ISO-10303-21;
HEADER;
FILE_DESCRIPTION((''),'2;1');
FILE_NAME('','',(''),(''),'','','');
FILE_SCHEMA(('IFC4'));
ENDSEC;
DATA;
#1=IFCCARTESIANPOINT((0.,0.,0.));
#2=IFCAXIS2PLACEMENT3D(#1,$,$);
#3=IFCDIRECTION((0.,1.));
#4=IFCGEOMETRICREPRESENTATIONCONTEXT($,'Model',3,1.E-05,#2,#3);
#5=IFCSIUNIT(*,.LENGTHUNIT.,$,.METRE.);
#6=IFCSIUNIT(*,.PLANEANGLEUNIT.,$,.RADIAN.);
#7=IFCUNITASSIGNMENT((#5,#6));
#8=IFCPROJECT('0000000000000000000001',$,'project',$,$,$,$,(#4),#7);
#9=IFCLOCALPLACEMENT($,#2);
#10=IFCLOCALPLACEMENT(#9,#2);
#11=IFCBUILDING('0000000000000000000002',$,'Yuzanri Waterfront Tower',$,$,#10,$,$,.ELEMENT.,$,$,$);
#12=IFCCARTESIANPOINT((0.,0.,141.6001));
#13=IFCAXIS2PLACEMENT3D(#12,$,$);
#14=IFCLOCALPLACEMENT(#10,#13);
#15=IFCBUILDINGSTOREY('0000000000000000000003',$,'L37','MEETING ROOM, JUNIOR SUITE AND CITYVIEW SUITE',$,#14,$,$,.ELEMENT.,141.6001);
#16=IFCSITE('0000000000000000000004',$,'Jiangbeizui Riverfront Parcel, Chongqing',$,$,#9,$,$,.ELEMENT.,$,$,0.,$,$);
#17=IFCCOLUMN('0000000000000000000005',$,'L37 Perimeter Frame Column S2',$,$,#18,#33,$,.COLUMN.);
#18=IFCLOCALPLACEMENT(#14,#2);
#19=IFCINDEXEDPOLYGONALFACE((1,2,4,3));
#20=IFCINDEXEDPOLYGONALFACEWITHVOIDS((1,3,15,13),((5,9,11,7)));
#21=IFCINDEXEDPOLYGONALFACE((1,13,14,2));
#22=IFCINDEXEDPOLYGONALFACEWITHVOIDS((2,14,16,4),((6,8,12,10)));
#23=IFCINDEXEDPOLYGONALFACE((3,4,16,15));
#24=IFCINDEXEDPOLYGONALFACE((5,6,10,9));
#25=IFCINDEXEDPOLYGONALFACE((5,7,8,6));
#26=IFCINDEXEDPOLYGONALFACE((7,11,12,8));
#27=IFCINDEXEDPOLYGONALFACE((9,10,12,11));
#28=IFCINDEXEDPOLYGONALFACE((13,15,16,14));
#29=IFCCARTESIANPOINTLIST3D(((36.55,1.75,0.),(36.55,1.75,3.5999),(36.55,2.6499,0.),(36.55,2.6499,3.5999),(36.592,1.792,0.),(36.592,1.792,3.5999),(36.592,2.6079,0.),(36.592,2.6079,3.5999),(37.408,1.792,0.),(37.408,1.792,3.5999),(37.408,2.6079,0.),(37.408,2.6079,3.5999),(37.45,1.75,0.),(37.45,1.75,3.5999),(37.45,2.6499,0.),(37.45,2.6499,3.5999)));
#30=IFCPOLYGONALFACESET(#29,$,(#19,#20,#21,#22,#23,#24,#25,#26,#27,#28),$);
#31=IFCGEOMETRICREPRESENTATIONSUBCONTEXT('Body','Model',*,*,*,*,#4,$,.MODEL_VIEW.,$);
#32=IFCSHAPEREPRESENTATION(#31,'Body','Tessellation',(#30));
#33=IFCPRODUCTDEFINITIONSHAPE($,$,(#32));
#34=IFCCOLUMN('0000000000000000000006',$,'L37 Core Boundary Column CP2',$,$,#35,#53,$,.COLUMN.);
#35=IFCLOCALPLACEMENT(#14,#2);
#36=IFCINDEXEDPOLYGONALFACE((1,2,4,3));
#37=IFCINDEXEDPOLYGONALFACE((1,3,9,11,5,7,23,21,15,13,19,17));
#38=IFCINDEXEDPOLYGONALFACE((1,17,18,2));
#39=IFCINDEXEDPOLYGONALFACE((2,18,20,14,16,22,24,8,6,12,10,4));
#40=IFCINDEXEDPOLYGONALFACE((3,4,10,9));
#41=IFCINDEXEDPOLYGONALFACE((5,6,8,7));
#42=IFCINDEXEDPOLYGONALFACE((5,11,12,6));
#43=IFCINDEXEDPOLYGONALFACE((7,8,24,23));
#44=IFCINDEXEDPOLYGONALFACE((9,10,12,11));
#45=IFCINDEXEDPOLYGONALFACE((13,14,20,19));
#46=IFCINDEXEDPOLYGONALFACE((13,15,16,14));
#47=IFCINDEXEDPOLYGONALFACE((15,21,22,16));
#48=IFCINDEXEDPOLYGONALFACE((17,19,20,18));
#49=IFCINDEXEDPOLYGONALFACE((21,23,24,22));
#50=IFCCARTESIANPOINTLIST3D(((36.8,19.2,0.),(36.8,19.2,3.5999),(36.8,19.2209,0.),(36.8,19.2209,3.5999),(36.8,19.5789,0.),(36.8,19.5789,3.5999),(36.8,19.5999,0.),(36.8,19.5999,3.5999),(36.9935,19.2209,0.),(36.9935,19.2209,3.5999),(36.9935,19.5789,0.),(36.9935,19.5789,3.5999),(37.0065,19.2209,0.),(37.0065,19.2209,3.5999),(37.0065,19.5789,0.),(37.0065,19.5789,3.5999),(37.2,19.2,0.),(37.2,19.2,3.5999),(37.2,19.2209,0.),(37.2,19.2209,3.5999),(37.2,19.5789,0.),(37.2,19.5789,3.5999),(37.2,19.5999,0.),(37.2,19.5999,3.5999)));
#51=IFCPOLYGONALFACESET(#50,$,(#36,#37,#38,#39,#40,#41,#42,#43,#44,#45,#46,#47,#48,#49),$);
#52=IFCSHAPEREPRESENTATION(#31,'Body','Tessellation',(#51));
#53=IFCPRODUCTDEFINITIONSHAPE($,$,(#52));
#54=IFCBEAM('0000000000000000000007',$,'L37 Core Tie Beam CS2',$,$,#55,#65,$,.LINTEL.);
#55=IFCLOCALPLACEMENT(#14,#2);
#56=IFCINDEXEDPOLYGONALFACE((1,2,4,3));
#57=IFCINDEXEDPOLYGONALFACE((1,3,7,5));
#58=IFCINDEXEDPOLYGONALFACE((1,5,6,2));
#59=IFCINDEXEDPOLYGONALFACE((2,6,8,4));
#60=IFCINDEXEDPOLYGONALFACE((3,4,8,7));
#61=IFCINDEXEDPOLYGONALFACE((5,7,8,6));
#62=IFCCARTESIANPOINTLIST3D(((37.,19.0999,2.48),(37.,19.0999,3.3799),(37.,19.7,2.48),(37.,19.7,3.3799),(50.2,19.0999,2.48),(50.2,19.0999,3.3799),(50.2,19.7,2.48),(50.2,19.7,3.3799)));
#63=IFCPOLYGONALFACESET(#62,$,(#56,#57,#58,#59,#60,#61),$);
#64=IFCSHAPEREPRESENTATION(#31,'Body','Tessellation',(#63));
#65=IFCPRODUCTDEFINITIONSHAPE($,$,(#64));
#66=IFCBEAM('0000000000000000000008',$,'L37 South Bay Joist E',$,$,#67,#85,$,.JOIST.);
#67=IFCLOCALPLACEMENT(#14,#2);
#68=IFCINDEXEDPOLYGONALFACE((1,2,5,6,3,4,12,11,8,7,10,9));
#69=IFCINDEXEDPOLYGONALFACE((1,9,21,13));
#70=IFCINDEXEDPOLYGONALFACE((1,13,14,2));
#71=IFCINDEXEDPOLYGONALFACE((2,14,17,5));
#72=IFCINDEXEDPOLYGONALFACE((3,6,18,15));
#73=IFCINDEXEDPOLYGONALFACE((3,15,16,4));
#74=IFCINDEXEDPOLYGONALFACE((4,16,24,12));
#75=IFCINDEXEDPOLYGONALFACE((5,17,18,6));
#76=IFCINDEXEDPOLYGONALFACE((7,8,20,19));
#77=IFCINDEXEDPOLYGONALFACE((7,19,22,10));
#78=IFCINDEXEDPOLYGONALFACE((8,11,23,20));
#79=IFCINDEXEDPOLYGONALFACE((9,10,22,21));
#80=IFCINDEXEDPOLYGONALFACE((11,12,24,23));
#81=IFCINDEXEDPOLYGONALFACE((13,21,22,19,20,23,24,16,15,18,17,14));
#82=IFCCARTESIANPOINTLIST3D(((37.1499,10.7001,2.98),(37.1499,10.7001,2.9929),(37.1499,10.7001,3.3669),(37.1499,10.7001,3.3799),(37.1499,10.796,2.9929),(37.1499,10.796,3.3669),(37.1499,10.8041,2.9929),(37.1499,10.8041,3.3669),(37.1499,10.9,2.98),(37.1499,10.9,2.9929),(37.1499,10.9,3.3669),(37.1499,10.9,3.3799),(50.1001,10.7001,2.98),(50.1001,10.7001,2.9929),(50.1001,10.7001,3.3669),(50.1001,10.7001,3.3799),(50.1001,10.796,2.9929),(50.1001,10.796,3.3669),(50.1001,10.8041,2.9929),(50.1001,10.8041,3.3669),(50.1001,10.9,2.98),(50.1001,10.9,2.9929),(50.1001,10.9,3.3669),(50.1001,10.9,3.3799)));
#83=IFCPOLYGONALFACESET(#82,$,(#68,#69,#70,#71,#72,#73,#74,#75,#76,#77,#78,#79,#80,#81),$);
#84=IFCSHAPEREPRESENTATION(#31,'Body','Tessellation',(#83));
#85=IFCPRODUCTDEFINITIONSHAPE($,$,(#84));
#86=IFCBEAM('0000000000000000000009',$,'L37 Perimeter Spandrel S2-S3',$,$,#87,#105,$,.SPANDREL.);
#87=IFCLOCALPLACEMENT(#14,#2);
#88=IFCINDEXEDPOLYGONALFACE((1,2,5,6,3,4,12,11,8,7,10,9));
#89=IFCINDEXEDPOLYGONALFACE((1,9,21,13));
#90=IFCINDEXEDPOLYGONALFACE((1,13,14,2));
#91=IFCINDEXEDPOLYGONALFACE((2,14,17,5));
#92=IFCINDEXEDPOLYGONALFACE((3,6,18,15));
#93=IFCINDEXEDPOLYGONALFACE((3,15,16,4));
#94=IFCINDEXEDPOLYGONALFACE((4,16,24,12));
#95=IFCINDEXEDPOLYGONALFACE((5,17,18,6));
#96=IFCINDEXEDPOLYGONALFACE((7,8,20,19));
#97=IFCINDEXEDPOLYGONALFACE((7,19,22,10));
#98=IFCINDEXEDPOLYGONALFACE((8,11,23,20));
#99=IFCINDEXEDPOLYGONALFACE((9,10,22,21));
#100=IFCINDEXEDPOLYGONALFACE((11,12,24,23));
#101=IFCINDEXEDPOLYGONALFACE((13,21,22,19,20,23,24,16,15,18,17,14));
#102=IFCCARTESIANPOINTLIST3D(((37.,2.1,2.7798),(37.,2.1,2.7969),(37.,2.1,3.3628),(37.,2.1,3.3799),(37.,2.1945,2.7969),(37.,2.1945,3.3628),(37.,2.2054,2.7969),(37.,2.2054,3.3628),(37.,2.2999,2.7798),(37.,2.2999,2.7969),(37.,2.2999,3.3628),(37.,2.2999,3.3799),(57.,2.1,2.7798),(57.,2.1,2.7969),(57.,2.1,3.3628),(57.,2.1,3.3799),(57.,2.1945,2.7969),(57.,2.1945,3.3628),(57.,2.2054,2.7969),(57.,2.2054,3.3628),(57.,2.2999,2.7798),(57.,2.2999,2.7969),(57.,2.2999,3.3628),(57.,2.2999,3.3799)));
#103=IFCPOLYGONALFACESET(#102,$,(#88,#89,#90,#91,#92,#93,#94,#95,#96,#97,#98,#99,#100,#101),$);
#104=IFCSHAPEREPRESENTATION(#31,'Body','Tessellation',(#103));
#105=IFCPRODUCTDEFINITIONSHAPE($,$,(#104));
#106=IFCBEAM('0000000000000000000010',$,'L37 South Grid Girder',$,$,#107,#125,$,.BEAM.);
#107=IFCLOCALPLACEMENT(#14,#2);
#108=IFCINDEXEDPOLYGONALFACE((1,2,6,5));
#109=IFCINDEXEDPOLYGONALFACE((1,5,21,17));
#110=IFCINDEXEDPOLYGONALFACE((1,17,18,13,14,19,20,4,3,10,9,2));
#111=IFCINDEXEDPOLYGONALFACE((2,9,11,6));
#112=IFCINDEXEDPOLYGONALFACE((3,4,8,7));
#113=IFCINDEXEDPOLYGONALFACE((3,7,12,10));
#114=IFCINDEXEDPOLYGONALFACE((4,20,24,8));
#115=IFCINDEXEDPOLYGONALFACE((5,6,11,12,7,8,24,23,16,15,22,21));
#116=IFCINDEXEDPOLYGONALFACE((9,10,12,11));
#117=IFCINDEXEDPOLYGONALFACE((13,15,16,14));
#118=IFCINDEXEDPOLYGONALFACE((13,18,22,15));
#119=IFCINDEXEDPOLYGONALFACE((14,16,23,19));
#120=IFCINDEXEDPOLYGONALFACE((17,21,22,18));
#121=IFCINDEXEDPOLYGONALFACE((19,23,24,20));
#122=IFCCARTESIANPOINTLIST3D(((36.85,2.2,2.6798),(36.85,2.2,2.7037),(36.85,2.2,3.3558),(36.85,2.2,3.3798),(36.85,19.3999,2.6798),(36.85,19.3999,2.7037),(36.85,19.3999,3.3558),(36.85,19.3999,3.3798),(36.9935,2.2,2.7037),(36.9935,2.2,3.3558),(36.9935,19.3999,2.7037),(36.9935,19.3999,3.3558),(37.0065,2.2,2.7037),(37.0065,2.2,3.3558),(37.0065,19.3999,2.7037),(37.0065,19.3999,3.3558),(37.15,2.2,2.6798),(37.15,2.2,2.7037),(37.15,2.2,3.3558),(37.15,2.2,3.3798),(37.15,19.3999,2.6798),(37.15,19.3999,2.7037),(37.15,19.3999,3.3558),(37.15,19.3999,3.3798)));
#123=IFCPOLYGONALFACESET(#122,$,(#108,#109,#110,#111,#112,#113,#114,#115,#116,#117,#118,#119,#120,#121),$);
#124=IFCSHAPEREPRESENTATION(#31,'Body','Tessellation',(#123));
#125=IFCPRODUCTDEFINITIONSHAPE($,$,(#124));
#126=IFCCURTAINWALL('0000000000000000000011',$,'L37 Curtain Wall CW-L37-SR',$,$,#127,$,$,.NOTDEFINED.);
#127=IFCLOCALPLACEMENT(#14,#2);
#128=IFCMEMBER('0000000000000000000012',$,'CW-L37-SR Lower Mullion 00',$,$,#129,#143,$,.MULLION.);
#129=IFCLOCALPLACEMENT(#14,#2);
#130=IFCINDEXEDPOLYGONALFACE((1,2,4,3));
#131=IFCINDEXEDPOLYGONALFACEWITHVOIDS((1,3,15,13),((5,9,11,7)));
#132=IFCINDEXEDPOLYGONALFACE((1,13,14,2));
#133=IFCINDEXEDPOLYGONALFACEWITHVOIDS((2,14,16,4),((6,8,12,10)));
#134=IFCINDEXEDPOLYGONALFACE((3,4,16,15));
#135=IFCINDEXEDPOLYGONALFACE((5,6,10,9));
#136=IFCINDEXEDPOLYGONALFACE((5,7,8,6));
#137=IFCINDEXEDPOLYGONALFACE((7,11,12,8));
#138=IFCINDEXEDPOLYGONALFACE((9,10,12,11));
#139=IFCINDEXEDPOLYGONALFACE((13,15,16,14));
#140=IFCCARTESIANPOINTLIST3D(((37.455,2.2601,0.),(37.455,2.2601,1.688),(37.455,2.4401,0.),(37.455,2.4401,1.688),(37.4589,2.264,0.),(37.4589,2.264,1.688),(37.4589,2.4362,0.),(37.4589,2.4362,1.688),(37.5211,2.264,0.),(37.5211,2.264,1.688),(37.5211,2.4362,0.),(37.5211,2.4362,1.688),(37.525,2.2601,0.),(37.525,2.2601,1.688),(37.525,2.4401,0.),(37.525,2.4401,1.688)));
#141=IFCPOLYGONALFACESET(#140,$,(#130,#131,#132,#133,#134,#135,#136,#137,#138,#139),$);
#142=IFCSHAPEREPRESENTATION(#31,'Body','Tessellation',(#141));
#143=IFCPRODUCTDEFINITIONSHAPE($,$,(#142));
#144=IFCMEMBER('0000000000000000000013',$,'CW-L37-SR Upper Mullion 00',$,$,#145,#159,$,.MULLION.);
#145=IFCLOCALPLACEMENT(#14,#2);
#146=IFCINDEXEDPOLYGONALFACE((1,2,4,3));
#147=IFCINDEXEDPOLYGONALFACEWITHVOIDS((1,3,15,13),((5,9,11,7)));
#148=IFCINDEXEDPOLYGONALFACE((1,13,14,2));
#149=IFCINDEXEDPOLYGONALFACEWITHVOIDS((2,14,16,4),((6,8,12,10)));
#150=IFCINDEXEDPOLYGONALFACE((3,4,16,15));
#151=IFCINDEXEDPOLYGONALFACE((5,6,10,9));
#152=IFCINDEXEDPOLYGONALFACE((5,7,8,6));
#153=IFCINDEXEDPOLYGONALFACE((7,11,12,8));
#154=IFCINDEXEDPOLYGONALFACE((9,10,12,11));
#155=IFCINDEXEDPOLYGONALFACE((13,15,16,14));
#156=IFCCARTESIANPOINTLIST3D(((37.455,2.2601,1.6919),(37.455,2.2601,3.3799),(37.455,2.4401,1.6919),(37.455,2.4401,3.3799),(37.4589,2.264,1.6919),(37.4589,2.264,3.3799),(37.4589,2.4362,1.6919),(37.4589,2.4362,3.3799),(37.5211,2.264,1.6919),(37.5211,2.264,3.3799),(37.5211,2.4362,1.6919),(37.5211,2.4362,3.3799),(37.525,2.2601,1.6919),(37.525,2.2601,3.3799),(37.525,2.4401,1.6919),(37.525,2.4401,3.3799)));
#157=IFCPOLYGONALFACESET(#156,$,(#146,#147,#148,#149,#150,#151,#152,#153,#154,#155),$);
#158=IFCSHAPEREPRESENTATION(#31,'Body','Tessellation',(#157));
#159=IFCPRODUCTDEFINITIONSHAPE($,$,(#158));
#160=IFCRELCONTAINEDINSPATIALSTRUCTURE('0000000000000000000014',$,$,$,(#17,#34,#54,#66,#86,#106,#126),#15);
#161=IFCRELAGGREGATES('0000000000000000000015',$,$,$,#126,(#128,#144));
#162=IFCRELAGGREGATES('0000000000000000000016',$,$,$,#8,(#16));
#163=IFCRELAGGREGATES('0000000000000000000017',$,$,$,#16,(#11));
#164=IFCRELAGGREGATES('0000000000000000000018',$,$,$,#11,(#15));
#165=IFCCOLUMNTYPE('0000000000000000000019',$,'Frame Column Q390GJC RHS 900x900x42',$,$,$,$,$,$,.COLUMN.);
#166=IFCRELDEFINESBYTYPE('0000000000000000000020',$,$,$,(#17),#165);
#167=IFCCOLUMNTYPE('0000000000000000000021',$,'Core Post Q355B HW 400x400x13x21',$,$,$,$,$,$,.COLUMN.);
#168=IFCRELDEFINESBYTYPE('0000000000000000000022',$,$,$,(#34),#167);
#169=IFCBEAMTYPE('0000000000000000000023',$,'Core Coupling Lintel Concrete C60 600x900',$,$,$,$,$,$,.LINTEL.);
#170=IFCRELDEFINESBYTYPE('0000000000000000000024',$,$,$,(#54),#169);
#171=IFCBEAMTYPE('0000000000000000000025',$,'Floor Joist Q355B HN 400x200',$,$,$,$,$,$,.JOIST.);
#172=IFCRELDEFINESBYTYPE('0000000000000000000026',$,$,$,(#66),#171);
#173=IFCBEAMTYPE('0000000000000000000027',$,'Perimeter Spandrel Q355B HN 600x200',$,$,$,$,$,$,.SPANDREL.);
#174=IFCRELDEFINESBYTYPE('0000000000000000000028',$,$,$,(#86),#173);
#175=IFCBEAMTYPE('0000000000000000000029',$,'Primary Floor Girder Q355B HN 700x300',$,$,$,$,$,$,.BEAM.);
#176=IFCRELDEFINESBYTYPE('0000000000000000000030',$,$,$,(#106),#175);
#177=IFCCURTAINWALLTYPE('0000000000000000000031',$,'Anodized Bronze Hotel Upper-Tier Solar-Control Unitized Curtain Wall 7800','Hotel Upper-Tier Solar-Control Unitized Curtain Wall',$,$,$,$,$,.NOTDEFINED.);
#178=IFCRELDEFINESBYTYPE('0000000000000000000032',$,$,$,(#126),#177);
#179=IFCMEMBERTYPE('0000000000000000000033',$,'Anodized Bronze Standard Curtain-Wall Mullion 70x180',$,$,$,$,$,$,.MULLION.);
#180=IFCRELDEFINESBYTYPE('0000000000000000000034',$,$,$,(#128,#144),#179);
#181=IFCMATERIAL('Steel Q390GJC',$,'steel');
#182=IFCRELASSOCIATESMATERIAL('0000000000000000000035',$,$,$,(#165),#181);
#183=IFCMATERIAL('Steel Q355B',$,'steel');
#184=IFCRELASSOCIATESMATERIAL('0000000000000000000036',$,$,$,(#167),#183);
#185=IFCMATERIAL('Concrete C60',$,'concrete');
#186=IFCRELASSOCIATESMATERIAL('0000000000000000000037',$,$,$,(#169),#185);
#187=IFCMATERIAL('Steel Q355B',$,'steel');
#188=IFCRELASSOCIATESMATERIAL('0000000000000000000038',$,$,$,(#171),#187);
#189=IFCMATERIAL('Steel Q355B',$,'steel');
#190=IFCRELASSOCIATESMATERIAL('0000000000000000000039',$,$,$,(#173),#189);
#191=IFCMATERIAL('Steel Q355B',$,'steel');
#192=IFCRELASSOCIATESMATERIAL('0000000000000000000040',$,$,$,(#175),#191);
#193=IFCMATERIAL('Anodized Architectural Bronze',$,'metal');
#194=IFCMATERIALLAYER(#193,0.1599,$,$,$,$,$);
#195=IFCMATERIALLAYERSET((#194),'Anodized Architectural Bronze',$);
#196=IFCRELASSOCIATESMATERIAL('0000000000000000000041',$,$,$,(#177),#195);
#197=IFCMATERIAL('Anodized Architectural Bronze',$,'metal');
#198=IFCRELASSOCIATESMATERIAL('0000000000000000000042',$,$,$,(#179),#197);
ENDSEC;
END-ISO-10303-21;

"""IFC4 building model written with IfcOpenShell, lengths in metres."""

from ifc_helpers import new_model, si_unit, direction, frame, origin, origin_2d, place, context, subcontext, project, spatial, rectangle, hollow_rectangle, i_section, extrude, source, transform, mapped, material, layer, layer_set, material_profile, profile_set, type_object, element, aggregate, save


model = new_model("IFC4")

# Units and contexts
model_context = context("Model", 3, precision=1e-05, world=origin(), true_north=direction((0.0, 1.0)))
body_context = subcontext(model_context, "Body", "Model", "MODEL_VIEW")
ifc_project = project(units=[si_unit("LENGTHUNIT", "METRE"), si_unit("PLANEANGLEUNIT", "RADIAN")], contexts=[model_context])

# Site, building, storey
site_placement = place(None, origin())
site = spatial("IfcSite", under=ifc_project, at=site_placement, Name="Jiangbeizui Riverfront Parcel, Chongqing", CompositionType="ELEMENT", RefElevation=0.0)
building_placement = place(site_placement, origin())
building = spatial("IfcBuilding", under=site, at=building_placement, Name="Yuzanri Waterfront Tower", CompositionType="ELEMENT")
storey_placement = place(building_placement, frame((0.0, 0.0, 141.6001)))
storey = spatial("IfcBuildingStorey", under=building, at=storey_placement, Name="L37", Description="MEETING ROOM, JUNIOR SUITE AND CITYVIEW SUITE", CompositionType="ELEMENT", Elevation=141.6001)

# Columns
ifc_material_1 = material(Name="Steel Q390GJC", Category="steel")
ifc_material_profile_1 = material_profile(ifc_material_1, hollow_rectangle(XDim=0.8999, YDim=0.8999, WallThickness=0.042, at=origin_2d()), Name="RHS 900x900x42")
ifc_profile_set_1 = profile_set([ifc_material_profile_1], Name="Steel Q390GJC")
column_type_1 = type_object("IfcColumnType", Name="Frame Column Q390GJC RHS 900x900x42", PredefinedType="COLUMN", material=ifc_profile_set_1)
shared_shape_1 = source(origin(), body_context, "Body", "SweptSolid", [
    extrude(hollow_rectangle(XDim=0.8999, YDim=0.8999, WallThickness=0.042, at=origin_2d()), origin(), (0.0, 0.0, 1.0), 3.5999),
])
column_1_placement = place(storey_placement, frame((37.0, 2.2, 0.0), z_axis=(0.0, 0.0, 1.0), x_axis=(1.0, 0.0, 0.0)))
element("IfcColumn", 1, at=column_1_placement, inside=storey, type_object=column_type_1, Name="L37 Perimeter Frame Column S2", PredefinedType="COLUMN", context=body_context, shape_type="MappedRepresentation", body=[
    mapped(shared_shape_1, transform((0.0, 0.0, 0.0), scale=1.0)),
])
ifc_material_2 = material(Name="Steel Q355B", Category="steel")
ifc_material_profile_2 = material_profile(ifc_material_2, i_section(OverallWidth=0.3999, OverallDepth=0.3999, WebThickness=0.0129, FlangeThickness=0.021, at=origin_2d()), Name="HW 400x400x13x21")
ifc_profile_set_2 = profile_set([ifc_material_profile_2], Name="Steel Q355B")
column_type_2 = type_object("IfcColumnType", Name="Core Post Q355B HW 400x400x13x21", PredefinedType="COLUMN", material=ifc_profile_set_2)
shared_shape_2 = source(origin(), body_context, "Body", "SweptSolid", [
    extrude(i_section(OverallWidth=0.3999, OverallDepth=0.3999, WebThickness=0.0129, FlangeThickness=0.021, at=origin_2d()), origin(), (0.0, 0.0, 1.0), 3.5999),
])
column_2_placement = place(storey_placement, frame((37.0, 19.3999, 0.0), z_axis=(0.0, 0.0, 1.0), x_axis=(1.0, 0.0, 0.0)))
element("IfcColumn", 2, at=column_2_placement, inside=storey, type_object=column_type_2, Name="L37 Core Boundary Column CP2", PredefinedType="COLUMN", context=body_context, shape_type="MappedRepresentation", body=[
    mapped(shared_shape_2, transform((0.0, 0.0, 0.0), scale=1.0)),
])

# Beams
ifc_material_3 = material(Name="Concrete C60", Category="concrete")
ifc_material_profile_3 = material_profile(ifc_material_3, rectangle(XDim=0.6001, YDim=0.8999, at=origin_2d()), Name="RC 600x900")
ifc_profile_set_3 = profile_set([ifc_material_profile_3], Name="Concrete C60")
beam_type_1 = type_object("IfcBeamType", Name="Core Coupling Lintel Concrete C60 600x900", PredefinedType="LINTEL", material=ifc_profile_set_3)
shared_shape_3 = source(origin(), body_context, "Body", "SweptSolid", [
    extrude(rectangle(XDim=0.6001, YDim=0.8999, at=origin_2d()), origin(), (0.0, 0.0, 1.0), 13.2),
])
beam_1_placement = place(storey_placement, frame((37.0, 19.3999, 2.9299), z_axis=(1.0, 0.0, 0.0), x_axis=(0.0, 1.0, 0.0)))
element("IfcBeam", 3, at=beam_1_placement, inside=storey, type_object=beam_type_1, Name="L37 Core Tie Beam CS2", PredefinedType="LINTEL", context=body_context, shape_type="MappedRepresentation", body=[
    mapped(shared_shape_3, transform((0.0, 0.0, 0.0), scale=1.0)),
])
ifc_material_4 = material(Name="Steel Q355B", Category="steel")
ifc_material_profile_4 = material_profile(ifc_material_4, i_section(OverallWidth=0.2, OverallDepth=0.3999, WebThickness=0.0081, FlangeThickness=0.0129, at=origin_2d()), Name="HN 400x200x8x13")
ifc_profile_set_4 = profile_set([ifc_material_profile_4], Name="Steel Q355B")
beam_type_2 = type_object("IfcBeamType", Name="Floor Joist Q355B HN 400x200", PredefinedType="JOIST", material=ifc_profile_set_4)
shared_shape_4 = source(origin(), body_context, "Body", "SweptSolid", [
    extrude(i_section(OverallWidth=0.2, OverallDepth=0.3999, WebThickness=0.0081, FlangeThickness=0.0129, at=origin_2d()), origin(), (0.0, 0.0, 1.0), 12.9502),
])
beam_2_placement = place(storey_placement, frame((37.1499, 10.8, 3.1799), z_axis=(1.0, 0.0, 0.0), x_axis=(0.0, 1.0, 0.0)))
element("IfcBeam", 4, at=beam_2_placement, inside=storey, type_object=beam_type_2, Name="L37 South Bay Joist E", PredefinedType="JOIST", context=body_context, shape_type="MappedRepresentation", body=[
    mapped(shared_shape_4, transform((0.0, 0.0, 0.0), scale=1.0)),
])
ifc_material_5 = material(Name="Steel Q355B", Category="steel")
ifc_material_profile_5 = material_profile(ifc_material_5, i_section(OverallWidth=0.2, OverallDepth=0.6001, WebThickness=0.011, FlangeThickness=0.0171, at=origin_2d()), Name="HN 600x200x11x17")
ifc_profile_set_5 = profile_set([ifc_material_profile_5], Name="Steel Q355B")
beam_type_3 = type_object("IfcBeamType", Name="Perimeter Spandrel Q355B HN 600x200", PredefinedType="SPANDREL", material=ifc_profile_set_5)
shared_shape_5 = source(origin(), body_context, "Body", "SweptSolid", [
    extrude(i_section(OverallWidth=0.2, OverallDepth=0.6001, WebThickness=0.011, FlangeThickness=0.0171, at=origin_2d()), origin(), (0.0, 0.0, 1.0), 20.0),
])
beam_3_placement = place(storey_placement, frame((37.0, 2.2, 3.0798), z_axis=(1.0, 0.0, 0.0), x_axis=(0.0, 1.0, 0.0)))
element("IfcBeam", 5, at=beam_3_placement, inside=storey, type_object=beam_type_3, Name="L37 Perimeter Spandrel S2-S3", PredefinedType="SPANDREL", context=body_context, shape_type="MappedRepresentation", body=[
    mapped(shared_shape_5, transform((0.0, 0.0, 0.0), scale=1.0)),
])
ifc_material_6 = material(Name="Steel Q355B", Category="steel")
ifc_material_profile_6 = material_profile(ifc_material_6, i_section(OverallWidth=0.3, OverallDepth=0.7, WebThickness=0.0129, FlangeThickness=0.0239, at=origin_2d()), Name="HN 700x300x13x24")
ifc_profile_set_6 = profile_set([ifc_material_profile_6], Name="Steel Q355B")
beam_type_4 = type_object("IfcBeamType", Name="Primary Floor Girder Q355B HN 700x300", PredefinedType="BEAM", material=ifc_profile_set_6)
shared_shape_6 = source(origin(), body_context, "Body", "SweptSolid", [
    extrude(i_section(OverallWidth=0.3, OverallDepth=0.7, WebThickness=0.0129, FlangeThickness=0.0239, at=origin_2d()), origin(), (0.0, 0.0, 1.0), 17.2),
])
beam_4_placement = place(storey_placement, frame((37.0, 19.3999, 3.0298), z_axis=(0.0, -1.0, 0.0), x_axis=(1.0, 0.0, 0.0)))
element("IfcBeam", 6, at=beam_4_placement, inside=storey, type_object=beam_type_4, Name="L37 South Grid Girder", PredefinedType="BEAM", context=body_context, shape_type="MappedRepresentation", body=[
    mapped(shared_shape_6, transform((0.0, 0.0, 0.0), scale=1.0)),
])

# Curtain wall, members
ifc_material_7 = material(Name="Anodized Architectural Bronze", Category="metal")
ifc_layer_1 = layer(ifc_material_7, 0.1599)
ifc_layer_set_1 = layer_set([ifc_layer_1], Name="Anodized Architectural Bronze")
curtain_wall_type = type_object("IfcCurtainWallType", Name="Anodized Bronze Hotel Upper-Tier Solar-Control Unitized Curtain Wall 7800", Description="Hotel Upper-Tier Solar-Control Unitized Curtain Wall", PredefinedType="NOTDEFINED", material=ifc_layer_set_1)
curtain_wall_placement = place(storey_placement, origin())
curtain_wall = element("IfcCurtainWall", 7, at=curtain_wall_placement, inside=storey, type_object=curtain_wall_type, Name="L37 Curtain Wall CW-L37-SR", PredefinedType="NOTDEFINED")
ifc_material_8 = material(Name="Anodized Architectural Bronze", Category="metal")
ifc_material_profile_7 = material_profile(ifc_material_8, hollow_rectangle(XDim=0.0701, YDim=0.1799, WallThickness=0.0039, at=origin_2d()), Name="CWM 70x180")
ifc_profile_set_7 = profile_set([ifc_material_profile_7], Name="Anodized Architectural Bronze")
member_type_1 = type_object("IfcMemberType", Name="Anodized Bronze Standard Curtain-Wall Mullion 70x180", PredefinedType="MULLION", material=ifc_profile_set_7)
shared_shape_7 = source(origin(), body_context, "Body", "SweptSolid", [
    extrude(hollow_rectangle(XDim=0.0701, YDim=0.1799, WallThickness=0.0039, at=origin_2d()), origin(), (0.0, 0.0, 1.0), 1.688),
])
member_1_placement = place(storey_placement, frame((37.49, 2.3501, 0.0), z_axis=(0.0, 0.0, 1.0), x_axis=(1.0, 0.0, 0.0)))
member_1 = element("IfcMember", 8, at=member_1_placement, type_object=member_type_1, Name="CW-L37-SR Lower Mullion 00", PredefinedType="MULLION", context=body_context, shape_type="MappedRepresentation", body=[
    mapped(shared_shape_7, transform((0.0, 0.0, 0.0), scale=1.0)),
])
member_2_placement = place(storey_placement, frame((37.49, 2.3501, 1.6919), z_axis=(0.0, 0.0, 1.0), x_axis=(1.0, 0.0, 0.0)))
member_2 = element("IfcMember", 9, at=member_2_placement, type_object=member_type_1, Name="CW-L37-SR Upper Mullion 00", PredefinedType="MULLION", context=body_context, shape_type="MappedRepresentation", body=[
    mapped(shared_shape_7, transform((0.0, 0.0, 0.0), scale=1.0)),
])
aggregate(curtain_wall, [member_1, member_2])

save(model, "model.ifc")
